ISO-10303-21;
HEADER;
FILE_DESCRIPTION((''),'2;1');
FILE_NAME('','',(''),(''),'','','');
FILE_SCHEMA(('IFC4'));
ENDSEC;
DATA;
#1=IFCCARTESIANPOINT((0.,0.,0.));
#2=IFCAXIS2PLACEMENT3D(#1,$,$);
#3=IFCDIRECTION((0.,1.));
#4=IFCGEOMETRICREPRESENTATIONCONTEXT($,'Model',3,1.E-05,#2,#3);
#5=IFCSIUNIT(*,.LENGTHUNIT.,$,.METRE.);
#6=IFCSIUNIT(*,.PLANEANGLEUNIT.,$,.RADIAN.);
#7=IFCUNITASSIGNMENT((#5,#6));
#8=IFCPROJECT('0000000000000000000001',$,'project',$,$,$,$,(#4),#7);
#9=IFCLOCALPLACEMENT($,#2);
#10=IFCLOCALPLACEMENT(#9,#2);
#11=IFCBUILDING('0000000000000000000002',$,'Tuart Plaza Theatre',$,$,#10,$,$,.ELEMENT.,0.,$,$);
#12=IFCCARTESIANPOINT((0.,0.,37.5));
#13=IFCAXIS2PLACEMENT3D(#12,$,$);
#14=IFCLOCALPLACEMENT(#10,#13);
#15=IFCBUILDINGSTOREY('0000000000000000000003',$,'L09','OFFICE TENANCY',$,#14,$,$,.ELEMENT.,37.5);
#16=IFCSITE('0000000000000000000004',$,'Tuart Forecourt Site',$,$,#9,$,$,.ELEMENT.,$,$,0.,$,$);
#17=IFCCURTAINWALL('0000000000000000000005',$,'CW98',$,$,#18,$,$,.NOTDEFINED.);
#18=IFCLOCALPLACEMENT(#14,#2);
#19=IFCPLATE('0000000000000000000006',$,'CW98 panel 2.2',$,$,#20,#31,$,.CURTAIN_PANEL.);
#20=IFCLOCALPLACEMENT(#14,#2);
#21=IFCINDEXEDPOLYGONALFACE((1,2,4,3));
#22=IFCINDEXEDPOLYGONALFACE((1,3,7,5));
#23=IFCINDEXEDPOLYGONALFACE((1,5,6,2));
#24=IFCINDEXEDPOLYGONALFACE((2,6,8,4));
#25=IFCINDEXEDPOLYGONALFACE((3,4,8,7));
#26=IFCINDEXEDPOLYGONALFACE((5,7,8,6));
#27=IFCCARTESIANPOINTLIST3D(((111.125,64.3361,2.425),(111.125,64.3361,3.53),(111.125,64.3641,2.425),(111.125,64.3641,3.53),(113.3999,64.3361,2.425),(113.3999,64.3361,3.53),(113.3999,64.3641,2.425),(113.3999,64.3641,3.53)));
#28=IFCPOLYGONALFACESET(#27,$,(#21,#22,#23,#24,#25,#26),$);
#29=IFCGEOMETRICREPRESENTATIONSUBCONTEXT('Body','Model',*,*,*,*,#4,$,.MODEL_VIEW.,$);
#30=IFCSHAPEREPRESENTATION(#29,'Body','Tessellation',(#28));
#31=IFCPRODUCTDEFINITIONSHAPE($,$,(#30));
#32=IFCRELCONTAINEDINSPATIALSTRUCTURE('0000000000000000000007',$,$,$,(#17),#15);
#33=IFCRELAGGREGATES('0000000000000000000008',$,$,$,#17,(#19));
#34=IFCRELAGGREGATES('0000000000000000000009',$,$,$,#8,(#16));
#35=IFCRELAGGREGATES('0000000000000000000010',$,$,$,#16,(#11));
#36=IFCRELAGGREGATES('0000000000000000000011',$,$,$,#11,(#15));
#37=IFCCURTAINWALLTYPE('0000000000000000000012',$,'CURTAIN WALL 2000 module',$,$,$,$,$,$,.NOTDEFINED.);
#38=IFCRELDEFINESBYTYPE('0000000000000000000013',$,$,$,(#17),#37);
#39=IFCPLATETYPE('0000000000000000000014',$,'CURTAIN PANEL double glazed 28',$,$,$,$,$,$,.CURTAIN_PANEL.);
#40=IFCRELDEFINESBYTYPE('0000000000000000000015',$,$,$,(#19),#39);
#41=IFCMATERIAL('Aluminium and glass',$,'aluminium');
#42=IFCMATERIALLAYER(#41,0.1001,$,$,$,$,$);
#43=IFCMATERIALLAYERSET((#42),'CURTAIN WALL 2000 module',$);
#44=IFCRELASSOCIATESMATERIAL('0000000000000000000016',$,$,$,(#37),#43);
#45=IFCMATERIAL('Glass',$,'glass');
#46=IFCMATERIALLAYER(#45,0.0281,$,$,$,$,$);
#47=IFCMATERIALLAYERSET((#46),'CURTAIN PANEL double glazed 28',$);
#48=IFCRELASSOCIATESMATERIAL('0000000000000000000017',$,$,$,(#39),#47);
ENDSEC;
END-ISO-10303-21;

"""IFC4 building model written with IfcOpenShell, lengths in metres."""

from ifc_helpers import new_model, si_unit, direction, frame, origin, origin_2d, place, context, subcontext, project, spatial, rectangle, extrude, material, layer, layer_set, type_object, element, aggregate, save


model = new_model("IFC4")

# Units and contexts
model_context = context("Model", 3, precision=1e-05, world=origin(), true_north=direction((0.0, 1.0)))
body_context = subcontext(model_context, "Body", "Model", "MODEL_VIEW")
ifc_project = project(units=[si_unit("LENGTHUNIT", "METRE"), si_unit("PLANEANGLEUNIT", "RADIAN")], contexts=[model_context])

# Site, building, storey
site_placement = place(None, origin())
site = spatial("IfcSite", under=ifc_project, at=site_placement, Name="Tuart Forecourt Site", CompositionType="ELEMENT", RefElevation=0.0)
building_placement = place(site_placement, origin())
building = spatial("IfcBuilding", under=site, at=building_placement, Name="Tuart Plaza Theatre", CompositionType="ELEMENT", ElevationOfRefHeight=0.0)
storey_placement = place(building_placement, frame((0.0, 0.0, 37.5)))
storey = spatial("IfcBuildingStorey", under=building, at=storey_placement, Name="L09", Description="OFFICE TENANCY", CompositionType="ELEMENT", Elevation=37.5)

# Shared definitions
ifc_material_1 = material(Name="Aluminium and glass", Category="aluminium")
ifc_layer_1 = layer(ifc_material_1, 0.1001)
ifc_layer_set_1 = layer_set([ifc_layer_1], Name="CURTAIN WALL 2000 module")
curtain_wall_type = type_object("IfcCurtainWallType", Name="CURTAIN WALL 2000 module", PredefinedType="NOTDEFINED", material=ifc_layer_set_1)
ifc_material_2 = material(Name="Glass", Category="glass")
ifc_layer_2 = layer(ifc_material_2, 0.0281)
ifc_layer_set_2 = layer_set([ifc_layer_2], Name="CURTAIN PANEL double glazed 28")
plate_type = type_object("IfcPlateType", Name="CURTAIN PANEL double glazed 28", PredefinedType="CURTAIN_PANEL", material=ifc_layer_set_2)

# Curtain wall, plate
curtain_wall_1_placement = place(storey_placement, origin())
curtain_wall_1 = element("IfcCurtainWall", 1, at=curtain_wall_1_placement, inside=storey, type_object=curtain_wall_type, Name="CW98", PredefinedType="NOTDEFINED")
plate_1_placement = place(storey_placement, frame((112.2625, 64.3501, 2.425), z_axis=(0.0, 0.0, 1.0), x_axis=(1.0, 0.0, 0.0)))
plate_1 = element("IfcPlate", 2, at=plate_1_placement, type_object=plate_type, Name="CW98 panel 2.2", PredefinedType="CURTAIN_PANEL", context=body_context, shape_type="SweptSolid", body=[
    extrude(rectangle(XDim=2.2749, YDim=0.0281, at=origin_2d()), origin(), (0.0, 0.0, 1.0), 1.105),
])
aggregate(curtain_wall_1, [plate_1])

save(model, "model.ifc")
